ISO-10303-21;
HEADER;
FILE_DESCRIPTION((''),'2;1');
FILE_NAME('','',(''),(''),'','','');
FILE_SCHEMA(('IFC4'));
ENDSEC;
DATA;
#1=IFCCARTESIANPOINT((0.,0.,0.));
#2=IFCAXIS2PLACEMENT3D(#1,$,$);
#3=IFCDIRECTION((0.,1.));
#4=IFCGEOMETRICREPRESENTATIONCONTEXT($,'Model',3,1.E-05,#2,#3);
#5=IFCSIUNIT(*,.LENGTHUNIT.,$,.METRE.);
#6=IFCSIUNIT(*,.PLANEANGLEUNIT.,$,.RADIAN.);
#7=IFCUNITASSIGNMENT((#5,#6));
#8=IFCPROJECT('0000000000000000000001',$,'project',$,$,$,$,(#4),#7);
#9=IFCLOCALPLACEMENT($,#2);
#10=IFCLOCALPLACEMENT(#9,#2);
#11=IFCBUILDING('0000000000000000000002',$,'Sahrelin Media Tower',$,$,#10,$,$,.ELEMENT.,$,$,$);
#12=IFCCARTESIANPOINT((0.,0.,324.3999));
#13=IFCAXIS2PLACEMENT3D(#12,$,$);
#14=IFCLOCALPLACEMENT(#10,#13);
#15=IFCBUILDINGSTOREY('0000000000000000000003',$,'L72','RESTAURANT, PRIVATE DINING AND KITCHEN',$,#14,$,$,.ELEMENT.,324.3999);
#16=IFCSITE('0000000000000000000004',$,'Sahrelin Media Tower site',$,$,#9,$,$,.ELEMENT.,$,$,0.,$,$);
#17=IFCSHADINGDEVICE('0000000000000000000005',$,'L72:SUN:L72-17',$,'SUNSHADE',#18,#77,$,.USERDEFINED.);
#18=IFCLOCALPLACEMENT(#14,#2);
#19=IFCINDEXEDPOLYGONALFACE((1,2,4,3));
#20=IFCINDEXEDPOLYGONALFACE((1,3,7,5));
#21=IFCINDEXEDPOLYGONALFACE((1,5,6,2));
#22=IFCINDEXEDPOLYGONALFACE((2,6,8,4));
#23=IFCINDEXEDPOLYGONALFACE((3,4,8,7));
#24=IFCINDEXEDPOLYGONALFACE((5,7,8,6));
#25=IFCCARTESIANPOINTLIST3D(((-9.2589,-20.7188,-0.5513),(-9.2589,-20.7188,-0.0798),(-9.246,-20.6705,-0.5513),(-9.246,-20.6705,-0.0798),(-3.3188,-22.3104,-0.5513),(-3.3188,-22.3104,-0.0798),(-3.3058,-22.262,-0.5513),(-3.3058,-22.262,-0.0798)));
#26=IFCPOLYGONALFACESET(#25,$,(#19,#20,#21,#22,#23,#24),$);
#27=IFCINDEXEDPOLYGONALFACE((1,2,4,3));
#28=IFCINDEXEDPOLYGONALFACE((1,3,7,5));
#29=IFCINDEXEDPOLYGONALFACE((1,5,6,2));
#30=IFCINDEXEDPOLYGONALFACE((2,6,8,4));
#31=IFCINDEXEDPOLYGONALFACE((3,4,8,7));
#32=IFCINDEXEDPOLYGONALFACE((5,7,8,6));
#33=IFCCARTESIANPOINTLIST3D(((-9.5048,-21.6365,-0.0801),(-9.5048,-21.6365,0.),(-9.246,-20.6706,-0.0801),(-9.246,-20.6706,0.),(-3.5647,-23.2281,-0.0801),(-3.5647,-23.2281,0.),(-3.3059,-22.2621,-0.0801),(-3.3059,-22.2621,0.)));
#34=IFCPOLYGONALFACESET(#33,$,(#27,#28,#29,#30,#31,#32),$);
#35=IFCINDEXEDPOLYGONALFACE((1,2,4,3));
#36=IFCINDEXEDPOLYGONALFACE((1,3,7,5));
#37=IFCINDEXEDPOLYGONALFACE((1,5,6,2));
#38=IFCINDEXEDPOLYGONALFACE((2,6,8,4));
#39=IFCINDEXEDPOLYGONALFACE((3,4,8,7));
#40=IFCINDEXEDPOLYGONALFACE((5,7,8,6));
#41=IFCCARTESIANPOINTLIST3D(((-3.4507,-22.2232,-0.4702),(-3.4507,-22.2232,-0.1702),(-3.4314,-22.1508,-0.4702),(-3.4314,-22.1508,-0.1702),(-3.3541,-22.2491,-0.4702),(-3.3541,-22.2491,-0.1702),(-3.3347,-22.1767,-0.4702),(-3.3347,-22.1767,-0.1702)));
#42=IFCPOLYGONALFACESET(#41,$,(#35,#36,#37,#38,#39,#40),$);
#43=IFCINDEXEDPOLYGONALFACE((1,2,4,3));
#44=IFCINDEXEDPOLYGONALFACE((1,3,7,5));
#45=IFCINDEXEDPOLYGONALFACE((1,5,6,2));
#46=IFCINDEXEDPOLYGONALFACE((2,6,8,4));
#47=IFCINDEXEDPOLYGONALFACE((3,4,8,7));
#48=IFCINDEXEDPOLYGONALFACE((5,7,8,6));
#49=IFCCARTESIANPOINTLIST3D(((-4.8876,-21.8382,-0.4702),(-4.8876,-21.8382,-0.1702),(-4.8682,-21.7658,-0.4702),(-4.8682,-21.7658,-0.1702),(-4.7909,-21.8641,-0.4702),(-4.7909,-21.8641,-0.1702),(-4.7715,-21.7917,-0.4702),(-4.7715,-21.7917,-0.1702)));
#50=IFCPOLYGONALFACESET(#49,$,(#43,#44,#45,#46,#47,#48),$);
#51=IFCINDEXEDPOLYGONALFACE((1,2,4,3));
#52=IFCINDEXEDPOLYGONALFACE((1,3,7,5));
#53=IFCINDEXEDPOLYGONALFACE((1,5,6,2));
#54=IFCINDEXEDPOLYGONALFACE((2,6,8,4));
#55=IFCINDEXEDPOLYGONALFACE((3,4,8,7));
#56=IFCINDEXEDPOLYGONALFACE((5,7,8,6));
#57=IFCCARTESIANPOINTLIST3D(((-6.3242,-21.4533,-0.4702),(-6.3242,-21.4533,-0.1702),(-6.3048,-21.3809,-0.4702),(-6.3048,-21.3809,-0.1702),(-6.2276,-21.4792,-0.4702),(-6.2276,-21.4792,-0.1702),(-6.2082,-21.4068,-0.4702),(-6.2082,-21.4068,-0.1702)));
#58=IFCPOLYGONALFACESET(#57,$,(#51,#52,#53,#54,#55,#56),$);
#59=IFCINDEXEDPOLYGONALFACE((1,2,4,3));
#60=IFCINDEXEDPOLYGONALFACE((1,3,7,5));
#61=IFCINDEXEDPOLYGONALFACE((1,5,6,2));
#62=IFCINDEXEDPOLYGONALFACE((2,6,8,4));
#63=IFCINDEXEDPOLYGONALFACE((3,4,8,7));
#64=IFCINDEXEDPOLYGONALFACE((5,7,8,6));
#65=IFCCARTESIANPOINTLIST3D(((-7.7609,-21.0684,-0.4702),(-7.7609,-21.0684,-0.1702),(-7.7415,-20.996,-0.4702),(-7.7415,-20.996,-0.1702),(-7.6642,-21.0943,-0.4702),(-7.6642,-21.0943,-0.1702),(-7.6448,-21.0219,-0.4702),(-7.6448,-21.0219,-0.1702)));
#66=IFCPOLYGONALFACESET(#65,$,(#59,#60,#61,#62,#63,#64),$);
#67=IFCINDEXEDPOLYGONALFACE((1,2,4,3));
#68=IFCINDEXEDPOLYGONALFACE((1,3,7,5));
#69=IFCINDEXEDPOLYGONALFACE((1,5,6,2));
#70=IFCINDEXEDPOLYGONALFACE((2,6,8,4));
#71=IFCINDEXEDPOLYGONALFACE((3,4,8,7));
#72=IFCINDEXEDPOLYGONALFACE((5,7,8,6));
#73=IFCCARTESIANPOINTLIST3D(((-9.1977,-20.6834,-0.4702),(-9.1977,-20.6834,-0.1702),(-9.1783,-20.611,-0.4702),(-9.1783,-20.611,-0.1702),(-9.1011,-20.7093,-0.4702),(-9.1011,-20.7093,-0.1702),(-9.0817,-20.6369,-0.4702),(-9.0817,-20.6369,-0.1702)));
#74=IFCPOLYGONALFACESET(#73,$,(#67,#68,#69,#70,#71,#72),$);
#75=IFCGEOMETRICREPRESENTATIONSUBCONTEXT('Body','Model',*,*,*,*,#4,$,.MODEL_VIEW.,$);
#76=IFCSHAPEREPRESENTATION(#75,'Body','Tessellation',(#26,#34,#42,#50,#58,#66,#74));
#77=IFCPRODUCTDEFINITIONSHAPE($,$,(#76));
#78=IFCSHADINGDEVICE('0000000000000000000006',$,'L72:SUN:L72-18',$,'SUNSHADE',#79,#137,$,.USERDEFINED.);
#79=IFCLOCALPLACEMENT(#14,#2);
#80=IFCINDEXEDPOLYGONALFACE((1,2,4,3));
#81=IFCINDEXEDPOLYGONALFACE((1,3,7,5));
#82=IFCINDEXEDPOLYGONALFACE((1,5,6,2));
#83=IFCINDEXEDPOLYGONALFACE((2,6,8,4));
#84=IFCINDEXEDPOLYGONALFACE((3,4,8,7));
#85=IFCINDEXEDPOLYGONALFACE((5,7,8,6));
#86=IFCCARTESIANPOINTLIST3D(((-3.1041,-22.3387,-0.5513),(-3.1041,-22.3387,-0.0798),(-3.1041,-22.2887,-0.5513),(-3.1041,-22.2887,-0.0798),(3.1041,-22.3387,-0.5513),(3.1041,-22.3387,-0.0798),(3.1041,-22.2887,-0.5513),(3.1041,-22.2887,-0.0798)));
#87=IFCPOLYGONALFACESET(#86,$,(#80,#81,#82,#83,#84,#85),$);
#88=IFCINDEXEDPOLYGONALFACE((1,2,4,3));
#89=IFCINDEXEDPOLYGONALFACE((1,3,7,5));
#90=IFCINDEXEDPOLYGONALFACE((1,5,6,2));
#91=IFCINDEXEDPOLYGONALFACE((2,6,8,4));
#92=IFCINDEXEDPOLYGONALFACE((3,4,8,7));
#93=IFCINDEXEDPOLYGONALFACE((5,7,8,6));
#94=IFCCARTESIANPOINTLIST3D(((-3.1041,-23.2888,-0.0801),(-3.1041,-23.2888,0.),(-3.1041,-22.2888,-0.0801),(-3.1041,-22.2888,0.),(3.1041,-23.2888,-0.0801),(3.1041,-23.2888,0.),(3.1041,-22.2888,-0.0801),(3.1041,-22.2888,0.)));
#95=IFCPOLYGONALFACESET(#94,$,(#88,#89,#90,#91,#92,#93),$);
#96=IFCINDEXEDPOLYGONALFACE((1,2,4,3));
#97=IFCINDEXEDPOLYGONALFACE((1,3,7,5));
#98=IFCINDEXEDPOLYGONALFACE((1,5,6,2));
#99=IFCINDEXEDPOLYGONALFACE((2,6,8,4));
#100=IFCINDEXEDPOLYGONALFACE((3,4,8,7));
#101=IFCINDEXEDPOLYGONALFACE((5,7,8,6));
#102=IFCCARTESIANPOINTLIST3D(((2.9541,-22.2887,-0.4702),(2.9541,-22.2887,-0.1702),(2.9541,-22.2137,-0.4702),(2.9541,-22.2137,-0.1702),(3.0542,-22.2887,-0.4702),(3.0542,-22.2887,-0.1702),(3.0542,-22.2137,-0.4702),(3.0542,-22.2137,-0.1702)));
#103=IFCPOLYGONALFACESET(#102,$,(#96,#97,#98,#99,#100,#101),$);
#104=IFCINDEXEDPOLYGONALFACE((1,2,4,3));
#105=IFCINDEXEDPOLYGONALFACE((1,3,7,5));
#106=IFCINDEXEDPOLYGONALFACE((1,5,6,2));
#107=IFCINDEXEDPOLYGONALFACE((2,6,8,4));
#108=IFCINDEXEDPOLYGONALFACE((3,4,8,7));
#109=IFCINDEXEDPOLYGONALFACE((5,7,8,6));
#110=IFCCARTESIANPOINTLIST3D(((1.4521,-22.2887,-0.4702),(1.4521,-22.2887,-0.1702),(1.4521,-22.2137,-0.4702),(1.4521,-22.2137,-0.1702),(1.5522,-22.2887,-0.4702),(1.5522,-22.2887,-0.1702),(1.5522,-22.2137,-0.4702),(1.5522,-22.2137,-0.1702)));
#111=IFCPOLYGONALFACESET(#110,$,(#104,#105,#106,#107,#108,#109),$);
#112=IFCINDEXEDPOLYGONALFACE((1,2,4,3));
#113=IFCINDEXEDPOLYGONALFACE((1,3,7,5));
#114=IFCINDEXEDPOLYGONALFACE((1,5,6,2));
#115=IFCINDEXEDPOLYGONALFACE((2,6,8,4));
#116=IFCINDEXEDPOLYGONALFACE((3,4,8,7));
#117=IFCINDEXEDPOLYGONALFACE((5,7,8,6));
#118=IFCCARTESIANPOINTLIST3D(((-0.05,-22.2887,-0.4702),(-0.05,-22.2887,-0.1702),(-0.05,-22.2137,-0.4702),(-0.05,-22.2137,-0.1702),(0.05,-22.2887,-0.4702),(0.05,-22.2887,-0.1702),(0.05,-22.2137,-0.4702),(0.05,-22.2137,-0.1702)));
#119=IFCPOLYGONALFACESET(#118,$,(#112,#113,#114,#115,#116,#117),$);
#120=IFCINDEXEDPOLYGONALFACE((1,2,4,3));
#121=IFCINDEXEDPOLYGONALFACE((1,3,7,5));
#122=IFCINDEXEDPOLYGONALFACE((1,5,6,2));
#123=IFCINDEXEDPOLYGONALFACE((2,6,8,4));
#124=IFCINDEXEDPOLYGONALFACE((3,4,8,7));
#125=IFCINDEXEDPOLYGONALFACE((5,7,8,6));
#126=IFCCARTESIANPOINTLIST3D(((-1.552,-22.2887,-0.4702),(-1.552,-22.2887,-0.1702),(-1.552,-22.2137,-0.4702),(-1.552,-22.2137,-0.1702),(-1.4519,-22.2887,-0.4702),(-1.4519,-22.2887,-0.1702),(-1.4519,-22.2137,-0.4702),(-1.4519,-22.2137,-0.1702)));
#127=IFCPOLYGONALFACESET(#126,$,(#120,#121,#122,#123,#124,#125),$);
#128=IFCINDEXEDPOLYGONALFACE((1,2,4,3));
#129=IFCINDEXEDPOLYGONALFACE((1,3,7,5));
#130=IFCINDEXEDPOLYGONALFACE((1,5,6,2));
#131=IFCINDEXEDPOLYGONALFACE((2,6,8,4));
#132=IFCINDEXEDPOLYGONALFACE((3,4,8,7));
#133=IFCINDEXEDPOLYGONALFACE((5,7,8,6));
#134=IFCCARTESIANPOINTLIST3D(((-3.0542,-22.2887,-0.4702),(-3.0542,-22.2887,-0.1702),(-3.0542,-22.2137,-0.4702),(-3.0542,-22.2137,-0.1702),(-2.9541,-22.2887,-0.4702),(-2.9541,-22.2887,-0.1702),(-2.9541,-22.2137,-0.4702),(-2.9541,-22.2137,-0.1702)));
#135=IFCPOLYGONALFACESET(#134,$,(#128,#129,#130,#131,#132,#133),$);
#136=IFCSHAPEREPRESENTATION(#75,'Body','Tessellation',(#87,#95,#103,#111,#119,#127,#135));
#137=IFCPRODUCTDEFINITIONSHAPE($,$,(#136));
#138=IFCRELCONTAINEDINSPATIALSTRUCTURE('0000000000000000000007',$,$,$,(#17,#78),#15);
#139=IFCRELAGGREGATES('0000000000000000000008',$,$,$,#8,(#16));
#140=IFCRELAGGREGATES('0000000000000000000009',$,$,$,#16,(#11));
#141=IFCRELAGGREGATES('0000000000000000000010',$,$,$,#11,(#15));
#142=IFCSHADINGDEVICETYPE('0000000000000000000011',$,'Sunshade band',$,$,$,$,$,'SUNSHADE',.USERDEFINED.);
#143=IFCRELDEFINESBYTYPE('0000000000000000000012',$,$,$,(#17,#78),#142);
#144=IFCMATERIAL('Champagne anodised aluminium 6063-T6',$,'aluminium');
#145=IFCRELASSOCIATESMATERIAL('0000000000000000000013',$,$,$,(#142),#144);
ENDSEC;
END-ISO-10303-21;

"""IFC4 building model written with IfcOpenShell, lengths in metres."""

from ifc_helpers import new_model, si_unit, direction, frame, origin, origin_2d, place, context, subcontext, project, spatial, rectangle, extrude, material, type_object, element, save


model = new_model("IFC4")

# Units and contexts
model_context = context("Model", 3, precision=1e-05, world=origin(), true_north=direction((0.0, 1.0)))
body_context = subcontext(model_context, "Body", "Model", "MODEL_VIEW")
ifc_project = project(units=[si_unit("LENGTHUNIT", "METRE"), si_unit("PLANEANGLEUNIT", "RADIAN")], contexts=[model_context])

# Site, building, storey
site_placement = place(None, origin())
site = spatial("IfcSite", under=ifc_project, at=site_placement, Name="Sahrelin Media Tower site", CompositionType="ELEMENT", RefElevation=0.0)
building_placement = place(site_placement, origin())
building = spatial("IfcBuilding", under=site, at=building_placement, Name="Sahrelin Media Tower", CompositionType="ELEMENT")
storey_placement = place(building_placement, frame((0.0, 0.0, 324.3999)))
storey = spatial("IfcBuildingStorey", under=building, at=storey_placement, Name="L72", Description="RESTAURANT, PRIVATE DINING AND KITCHEN", CompositionType="ELEMENT", Elevation=324.3999)

# Shared definitions
ifc_material_1 = material(Name="Champagne anodised aluminium 6063-T6", Category="aluminium")

# Shading devices
placement_1 = place(storey_placement, frame((-6.2708, -21.447, 0.0), z_axis=(0.0, 0.0, 1.0), x_axis=(-0.965929, 0.258808, 0.0)))
placement_2 = place(storey_placement, frame((0.0, -22.2688, 0.0), z_axis=(0.0, 0.0, 1.0), x_axis=(-1.0, 0.0, 0.0)))
shading_device_type_1 = type_object("IfcShadingDeviceType", Name="Sunshade band", ElementType="SUNSHADE", PredefinedType="USERDEFINED", material=ifc_material_1)
element("IfcShadingDevice", 1, at=placement_1, inside=storey, type_object=shading_device_type_1, Name="L72:SUN:L72-17", ObjectType="SUNSHADE", PredefinedType="USERDEFINED", context=body_context, shape_type="SweptSolid", body=[
    extrude(rectangle(XDim=6.1497, YDim=0.05, at=origin_2d()), frame((0.0, 0.0449, -0.5513)), (0.0, 0.0, 1.0), 0.4714),
    extrude(rectangle(XDim=6.1497, YDim=1.0, at=origin_2d()), frame((0.0, 0.52, -0.0801)), (0.0, 0.0, 1.0), 0.0801),
    extrude(rectangle(XDim=0.1001, YDim=0.075, at=origin_2d()), frame((-2.9749, -0.0176, -0.4702)), (0.0, 0.0, 1.0), 0.3),
    extrude(rectangle(XDim=0.1001, YDim=0.075, at=origin_2d()), frame((-1.4873, -0.0176, -0.4702)), (0.0, 0.0, 1.0), 0.3),
    extrude(rectangle(XDim=0.1001, YDim=0.075, at=origin_2d()), frame((0.0, -0.0176, -0.4702)), (0.0, 0.0, 1.0), 0.3),
    extrude(rectangle(XDim=0.1001, YDim=0.075, at=origin_2d()), frame((1.4873, -0.0176, -0.4702)), (0.0, 0.0, 1.0), 0.3),
    extrude(rectangle(XDim=0.1001, YDim=0.075, at=origin_2d()), frame((2.9749, -0.0176, -0.4702)), (0.0, 0.0, 1.0), 0.3),
])
element("IfcShadingDevice", 2, at=placement_2, inside=storey, type_object=shading_device_type_1, Name="L72:SUN:L72-18", ObjectType="SUNSHADE", PredefinedType="USERDEFINED", context=body_context, shape_type="SweptSolid", body=[
    extrude(rectangle(XDim=6.2083, YDim=0.05, at=origin_2d()), frame((0.0, 0.0449, -0.5513)), (0.0, 0.0, 1.0), 0.4714),
    extrude(rectangle(XDim=6.2083, YDim=1.0, at=origin_2d()), frame((0.0, 0.52, -0.0801)), (0.0, 0.0, 1.0), 0.0801),
    extrude(rectangle(XDim=0.1001, YDim=0.075, at=origin_2d()), frame((-3.0042, -0.0176, -0.4702)), (0.0, 0.0, 1.0), 0.3),
    extrude(rectangle(XDim=0.1001, YDim=0.075, at=origin_2d()), frame((-1.5022, -0.0176, -0.4702)), (0.0, 0.0, 1.0), 0.3),
    extrude(rectangle(XDim=0.1001, YDim=0.075, at=origin_2d()), frame((0.0, -0.0176, -0.4702)), (0.0, 0.0, 1.0), 0.3),
    extrude(rectangle(XDim=0.1001, YDim=0.075, at=origin_2d()), frame((1.502, -0.0176, -0.4702)), (0.0, 0.0, 1.0), 0.3),
    extrude(rectangle(XDim=0.1001, YDim=0.075, at=origin_2d()), frame((3.0042, -0.0176, -0.4702)), (0.0, 0.0, 1.0), 0.3),
])

save(model, "model.ifc")
